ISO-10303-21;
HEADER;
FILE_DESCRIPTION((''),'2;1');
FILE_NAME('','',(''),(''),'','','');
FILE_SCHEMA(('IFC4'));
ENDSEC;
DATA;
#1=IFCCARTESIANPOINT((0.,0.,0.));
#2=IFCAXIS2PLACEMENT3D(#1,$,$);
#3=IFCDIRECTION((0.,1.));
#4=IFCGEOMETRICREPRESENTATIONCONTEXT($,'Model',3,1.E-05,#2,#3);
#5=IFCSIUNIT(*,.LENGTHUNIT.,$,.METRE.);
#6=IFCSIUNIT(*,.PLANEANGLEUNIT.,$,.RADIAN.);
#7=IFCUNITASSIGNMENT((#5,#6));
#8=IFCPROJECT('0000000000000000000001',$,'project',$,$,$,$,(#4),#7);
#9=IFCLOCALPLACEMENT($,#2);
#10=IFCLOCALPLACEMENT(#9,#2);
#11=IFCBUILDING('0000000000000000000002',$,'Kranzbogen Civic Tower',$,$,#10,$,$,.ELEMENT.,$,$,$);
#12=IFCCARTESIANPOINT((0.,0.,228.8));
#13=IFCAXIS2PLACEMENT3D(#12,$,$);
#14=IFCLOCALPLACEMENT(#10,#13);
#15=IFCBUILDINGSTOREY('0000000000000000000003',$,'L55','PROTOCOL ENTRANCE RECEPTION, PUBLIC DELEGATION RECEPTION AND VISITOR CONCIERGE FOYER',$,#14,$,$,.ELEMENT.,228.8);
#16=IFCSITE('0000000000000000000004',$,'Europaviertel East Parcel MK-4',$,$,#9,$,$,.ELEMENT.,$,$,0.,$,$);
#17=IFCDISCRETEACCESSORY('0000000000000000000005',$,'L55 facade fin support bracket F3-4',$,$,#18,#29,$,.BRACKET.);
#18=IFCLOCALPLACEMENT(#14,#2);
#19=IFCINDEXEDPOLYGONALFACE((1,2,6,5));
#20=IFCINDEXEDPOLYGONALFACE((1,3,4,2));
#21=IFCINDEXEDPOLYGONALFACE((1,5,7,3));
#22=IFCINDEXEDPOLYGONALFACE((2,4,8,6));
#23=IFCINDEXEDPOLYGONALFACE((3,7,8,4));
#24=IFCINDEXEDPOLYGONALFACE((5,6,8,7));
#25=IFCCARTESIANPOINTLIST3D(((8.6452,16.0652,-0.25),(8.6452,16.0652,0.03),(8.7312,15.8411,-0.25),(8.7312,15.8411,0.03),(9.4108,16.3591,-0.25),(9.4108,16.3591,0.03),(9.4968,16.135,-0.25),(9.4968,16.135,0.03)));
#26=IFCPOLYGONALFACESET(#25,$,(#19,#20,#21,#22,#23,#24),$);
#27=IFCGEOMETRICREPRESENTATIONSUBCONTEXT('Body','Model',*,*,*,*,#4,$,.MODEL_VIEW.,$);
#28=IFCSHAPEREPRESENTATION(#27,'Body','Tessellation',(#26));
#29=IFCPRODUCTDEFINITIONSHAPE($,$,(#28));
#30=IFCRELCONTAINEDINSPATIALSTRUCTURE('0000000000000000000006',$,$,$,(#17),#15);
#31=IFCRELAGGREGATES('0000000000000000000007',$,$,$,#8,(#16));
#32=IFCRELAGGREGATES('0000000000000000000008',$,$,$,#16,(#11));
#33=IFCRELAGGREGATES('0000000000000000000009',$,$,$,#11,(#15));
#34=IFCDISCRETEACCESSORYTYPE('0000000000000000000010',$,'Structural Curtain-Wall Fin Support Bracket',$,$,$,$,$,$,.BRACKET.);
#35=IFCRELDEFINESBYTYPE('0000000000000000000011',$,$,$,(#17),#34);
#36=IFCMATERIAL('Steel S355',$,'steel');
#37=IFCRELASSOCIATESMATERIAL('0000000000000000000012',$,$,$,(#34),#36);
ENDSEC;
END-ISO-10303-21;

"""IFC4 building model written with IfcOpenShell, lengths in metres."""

from ifc_helpers import new_model, si_unit, direction, frame, origin, origin_2d, place, context, subcontext, project, spatial, rectangle, extrude, material, type_object, element, save


model = new_model("IFC4")

# Units and contexts
model_context = context("Model", 3, precision=1e-05, world=origin(), true_north=direction((0.0, 1.0)))
body_context = subcontext(model_context, "Body", "Model", "MODEL_VIEW")
ifc_project = project(units=[si_unit("LENGTHUNIT", "METRE"), si_unit("PLANEANGLEUNIT", "RADIAN")], contexts=[model_context])

# Site, building, storey
site_placement = place(None, origin())
site = spatial("IfcSite", under=ifc_project, at=site_placement, Name="Europaviertel East Parcel MK-4", CompositionType="ELEMENT", RefElevation=0.0)
building_placement = place(site_placement, origin())
building = spatial("IfcBuilding", under=site, at=building_placement, Name="Kranzbogen Civic Tower", CompositionType="ELEMENT")
storey_placement = place(building_placement, frame((0.0, 0.0, 228.8)))
storey = spatial("IfcBuildingStorey", under=building, at=storey_placement, Name="L55", Description="PROTOCOL ENTRANCE RECEPTION, PUBLIC DELEGATION RECEPTION AND VISITOR CONCIERGE FOYER", CompositionType="ELEMENT", Elevation=228.8)

# Shared definitions
ifc_material_1 = material(Name="Steel S355", Category="steel")

# Discrete accessory
discrete_accessory_type = type_object("IfcDiscreteAccessoryType", Name="Structural Curtain-Wall Fin Support Bracket", PredefinedType="BRACKET", material=ifc_material_1)
for number, where, z_axis, x_axis, name in (
    (1, (9.071, 16.1001, -0.25), (0.0, 0.0, 1.0), (-0.93358, -0.358368, 0.0), "L55 facade fin support bracket F3-4"),
):
    element("IfcDiscreteAccessory", number, at=place(storey_placement, frame(where, z_axis=z_axis, x_axis=x_axis)), inside=storey, type_object=discrete_accessory_type, Name=name, PredefinedType="BRACKET", context=body_context, shape_type="SweptSolid", body=[
        extrude(rectangle(XDim=0.8201, YDim=0.24, at=origin_2d()), origin(), (0.0, 0.0, 1.0), 0.28),
    ])

save(model, "model.ifc")
